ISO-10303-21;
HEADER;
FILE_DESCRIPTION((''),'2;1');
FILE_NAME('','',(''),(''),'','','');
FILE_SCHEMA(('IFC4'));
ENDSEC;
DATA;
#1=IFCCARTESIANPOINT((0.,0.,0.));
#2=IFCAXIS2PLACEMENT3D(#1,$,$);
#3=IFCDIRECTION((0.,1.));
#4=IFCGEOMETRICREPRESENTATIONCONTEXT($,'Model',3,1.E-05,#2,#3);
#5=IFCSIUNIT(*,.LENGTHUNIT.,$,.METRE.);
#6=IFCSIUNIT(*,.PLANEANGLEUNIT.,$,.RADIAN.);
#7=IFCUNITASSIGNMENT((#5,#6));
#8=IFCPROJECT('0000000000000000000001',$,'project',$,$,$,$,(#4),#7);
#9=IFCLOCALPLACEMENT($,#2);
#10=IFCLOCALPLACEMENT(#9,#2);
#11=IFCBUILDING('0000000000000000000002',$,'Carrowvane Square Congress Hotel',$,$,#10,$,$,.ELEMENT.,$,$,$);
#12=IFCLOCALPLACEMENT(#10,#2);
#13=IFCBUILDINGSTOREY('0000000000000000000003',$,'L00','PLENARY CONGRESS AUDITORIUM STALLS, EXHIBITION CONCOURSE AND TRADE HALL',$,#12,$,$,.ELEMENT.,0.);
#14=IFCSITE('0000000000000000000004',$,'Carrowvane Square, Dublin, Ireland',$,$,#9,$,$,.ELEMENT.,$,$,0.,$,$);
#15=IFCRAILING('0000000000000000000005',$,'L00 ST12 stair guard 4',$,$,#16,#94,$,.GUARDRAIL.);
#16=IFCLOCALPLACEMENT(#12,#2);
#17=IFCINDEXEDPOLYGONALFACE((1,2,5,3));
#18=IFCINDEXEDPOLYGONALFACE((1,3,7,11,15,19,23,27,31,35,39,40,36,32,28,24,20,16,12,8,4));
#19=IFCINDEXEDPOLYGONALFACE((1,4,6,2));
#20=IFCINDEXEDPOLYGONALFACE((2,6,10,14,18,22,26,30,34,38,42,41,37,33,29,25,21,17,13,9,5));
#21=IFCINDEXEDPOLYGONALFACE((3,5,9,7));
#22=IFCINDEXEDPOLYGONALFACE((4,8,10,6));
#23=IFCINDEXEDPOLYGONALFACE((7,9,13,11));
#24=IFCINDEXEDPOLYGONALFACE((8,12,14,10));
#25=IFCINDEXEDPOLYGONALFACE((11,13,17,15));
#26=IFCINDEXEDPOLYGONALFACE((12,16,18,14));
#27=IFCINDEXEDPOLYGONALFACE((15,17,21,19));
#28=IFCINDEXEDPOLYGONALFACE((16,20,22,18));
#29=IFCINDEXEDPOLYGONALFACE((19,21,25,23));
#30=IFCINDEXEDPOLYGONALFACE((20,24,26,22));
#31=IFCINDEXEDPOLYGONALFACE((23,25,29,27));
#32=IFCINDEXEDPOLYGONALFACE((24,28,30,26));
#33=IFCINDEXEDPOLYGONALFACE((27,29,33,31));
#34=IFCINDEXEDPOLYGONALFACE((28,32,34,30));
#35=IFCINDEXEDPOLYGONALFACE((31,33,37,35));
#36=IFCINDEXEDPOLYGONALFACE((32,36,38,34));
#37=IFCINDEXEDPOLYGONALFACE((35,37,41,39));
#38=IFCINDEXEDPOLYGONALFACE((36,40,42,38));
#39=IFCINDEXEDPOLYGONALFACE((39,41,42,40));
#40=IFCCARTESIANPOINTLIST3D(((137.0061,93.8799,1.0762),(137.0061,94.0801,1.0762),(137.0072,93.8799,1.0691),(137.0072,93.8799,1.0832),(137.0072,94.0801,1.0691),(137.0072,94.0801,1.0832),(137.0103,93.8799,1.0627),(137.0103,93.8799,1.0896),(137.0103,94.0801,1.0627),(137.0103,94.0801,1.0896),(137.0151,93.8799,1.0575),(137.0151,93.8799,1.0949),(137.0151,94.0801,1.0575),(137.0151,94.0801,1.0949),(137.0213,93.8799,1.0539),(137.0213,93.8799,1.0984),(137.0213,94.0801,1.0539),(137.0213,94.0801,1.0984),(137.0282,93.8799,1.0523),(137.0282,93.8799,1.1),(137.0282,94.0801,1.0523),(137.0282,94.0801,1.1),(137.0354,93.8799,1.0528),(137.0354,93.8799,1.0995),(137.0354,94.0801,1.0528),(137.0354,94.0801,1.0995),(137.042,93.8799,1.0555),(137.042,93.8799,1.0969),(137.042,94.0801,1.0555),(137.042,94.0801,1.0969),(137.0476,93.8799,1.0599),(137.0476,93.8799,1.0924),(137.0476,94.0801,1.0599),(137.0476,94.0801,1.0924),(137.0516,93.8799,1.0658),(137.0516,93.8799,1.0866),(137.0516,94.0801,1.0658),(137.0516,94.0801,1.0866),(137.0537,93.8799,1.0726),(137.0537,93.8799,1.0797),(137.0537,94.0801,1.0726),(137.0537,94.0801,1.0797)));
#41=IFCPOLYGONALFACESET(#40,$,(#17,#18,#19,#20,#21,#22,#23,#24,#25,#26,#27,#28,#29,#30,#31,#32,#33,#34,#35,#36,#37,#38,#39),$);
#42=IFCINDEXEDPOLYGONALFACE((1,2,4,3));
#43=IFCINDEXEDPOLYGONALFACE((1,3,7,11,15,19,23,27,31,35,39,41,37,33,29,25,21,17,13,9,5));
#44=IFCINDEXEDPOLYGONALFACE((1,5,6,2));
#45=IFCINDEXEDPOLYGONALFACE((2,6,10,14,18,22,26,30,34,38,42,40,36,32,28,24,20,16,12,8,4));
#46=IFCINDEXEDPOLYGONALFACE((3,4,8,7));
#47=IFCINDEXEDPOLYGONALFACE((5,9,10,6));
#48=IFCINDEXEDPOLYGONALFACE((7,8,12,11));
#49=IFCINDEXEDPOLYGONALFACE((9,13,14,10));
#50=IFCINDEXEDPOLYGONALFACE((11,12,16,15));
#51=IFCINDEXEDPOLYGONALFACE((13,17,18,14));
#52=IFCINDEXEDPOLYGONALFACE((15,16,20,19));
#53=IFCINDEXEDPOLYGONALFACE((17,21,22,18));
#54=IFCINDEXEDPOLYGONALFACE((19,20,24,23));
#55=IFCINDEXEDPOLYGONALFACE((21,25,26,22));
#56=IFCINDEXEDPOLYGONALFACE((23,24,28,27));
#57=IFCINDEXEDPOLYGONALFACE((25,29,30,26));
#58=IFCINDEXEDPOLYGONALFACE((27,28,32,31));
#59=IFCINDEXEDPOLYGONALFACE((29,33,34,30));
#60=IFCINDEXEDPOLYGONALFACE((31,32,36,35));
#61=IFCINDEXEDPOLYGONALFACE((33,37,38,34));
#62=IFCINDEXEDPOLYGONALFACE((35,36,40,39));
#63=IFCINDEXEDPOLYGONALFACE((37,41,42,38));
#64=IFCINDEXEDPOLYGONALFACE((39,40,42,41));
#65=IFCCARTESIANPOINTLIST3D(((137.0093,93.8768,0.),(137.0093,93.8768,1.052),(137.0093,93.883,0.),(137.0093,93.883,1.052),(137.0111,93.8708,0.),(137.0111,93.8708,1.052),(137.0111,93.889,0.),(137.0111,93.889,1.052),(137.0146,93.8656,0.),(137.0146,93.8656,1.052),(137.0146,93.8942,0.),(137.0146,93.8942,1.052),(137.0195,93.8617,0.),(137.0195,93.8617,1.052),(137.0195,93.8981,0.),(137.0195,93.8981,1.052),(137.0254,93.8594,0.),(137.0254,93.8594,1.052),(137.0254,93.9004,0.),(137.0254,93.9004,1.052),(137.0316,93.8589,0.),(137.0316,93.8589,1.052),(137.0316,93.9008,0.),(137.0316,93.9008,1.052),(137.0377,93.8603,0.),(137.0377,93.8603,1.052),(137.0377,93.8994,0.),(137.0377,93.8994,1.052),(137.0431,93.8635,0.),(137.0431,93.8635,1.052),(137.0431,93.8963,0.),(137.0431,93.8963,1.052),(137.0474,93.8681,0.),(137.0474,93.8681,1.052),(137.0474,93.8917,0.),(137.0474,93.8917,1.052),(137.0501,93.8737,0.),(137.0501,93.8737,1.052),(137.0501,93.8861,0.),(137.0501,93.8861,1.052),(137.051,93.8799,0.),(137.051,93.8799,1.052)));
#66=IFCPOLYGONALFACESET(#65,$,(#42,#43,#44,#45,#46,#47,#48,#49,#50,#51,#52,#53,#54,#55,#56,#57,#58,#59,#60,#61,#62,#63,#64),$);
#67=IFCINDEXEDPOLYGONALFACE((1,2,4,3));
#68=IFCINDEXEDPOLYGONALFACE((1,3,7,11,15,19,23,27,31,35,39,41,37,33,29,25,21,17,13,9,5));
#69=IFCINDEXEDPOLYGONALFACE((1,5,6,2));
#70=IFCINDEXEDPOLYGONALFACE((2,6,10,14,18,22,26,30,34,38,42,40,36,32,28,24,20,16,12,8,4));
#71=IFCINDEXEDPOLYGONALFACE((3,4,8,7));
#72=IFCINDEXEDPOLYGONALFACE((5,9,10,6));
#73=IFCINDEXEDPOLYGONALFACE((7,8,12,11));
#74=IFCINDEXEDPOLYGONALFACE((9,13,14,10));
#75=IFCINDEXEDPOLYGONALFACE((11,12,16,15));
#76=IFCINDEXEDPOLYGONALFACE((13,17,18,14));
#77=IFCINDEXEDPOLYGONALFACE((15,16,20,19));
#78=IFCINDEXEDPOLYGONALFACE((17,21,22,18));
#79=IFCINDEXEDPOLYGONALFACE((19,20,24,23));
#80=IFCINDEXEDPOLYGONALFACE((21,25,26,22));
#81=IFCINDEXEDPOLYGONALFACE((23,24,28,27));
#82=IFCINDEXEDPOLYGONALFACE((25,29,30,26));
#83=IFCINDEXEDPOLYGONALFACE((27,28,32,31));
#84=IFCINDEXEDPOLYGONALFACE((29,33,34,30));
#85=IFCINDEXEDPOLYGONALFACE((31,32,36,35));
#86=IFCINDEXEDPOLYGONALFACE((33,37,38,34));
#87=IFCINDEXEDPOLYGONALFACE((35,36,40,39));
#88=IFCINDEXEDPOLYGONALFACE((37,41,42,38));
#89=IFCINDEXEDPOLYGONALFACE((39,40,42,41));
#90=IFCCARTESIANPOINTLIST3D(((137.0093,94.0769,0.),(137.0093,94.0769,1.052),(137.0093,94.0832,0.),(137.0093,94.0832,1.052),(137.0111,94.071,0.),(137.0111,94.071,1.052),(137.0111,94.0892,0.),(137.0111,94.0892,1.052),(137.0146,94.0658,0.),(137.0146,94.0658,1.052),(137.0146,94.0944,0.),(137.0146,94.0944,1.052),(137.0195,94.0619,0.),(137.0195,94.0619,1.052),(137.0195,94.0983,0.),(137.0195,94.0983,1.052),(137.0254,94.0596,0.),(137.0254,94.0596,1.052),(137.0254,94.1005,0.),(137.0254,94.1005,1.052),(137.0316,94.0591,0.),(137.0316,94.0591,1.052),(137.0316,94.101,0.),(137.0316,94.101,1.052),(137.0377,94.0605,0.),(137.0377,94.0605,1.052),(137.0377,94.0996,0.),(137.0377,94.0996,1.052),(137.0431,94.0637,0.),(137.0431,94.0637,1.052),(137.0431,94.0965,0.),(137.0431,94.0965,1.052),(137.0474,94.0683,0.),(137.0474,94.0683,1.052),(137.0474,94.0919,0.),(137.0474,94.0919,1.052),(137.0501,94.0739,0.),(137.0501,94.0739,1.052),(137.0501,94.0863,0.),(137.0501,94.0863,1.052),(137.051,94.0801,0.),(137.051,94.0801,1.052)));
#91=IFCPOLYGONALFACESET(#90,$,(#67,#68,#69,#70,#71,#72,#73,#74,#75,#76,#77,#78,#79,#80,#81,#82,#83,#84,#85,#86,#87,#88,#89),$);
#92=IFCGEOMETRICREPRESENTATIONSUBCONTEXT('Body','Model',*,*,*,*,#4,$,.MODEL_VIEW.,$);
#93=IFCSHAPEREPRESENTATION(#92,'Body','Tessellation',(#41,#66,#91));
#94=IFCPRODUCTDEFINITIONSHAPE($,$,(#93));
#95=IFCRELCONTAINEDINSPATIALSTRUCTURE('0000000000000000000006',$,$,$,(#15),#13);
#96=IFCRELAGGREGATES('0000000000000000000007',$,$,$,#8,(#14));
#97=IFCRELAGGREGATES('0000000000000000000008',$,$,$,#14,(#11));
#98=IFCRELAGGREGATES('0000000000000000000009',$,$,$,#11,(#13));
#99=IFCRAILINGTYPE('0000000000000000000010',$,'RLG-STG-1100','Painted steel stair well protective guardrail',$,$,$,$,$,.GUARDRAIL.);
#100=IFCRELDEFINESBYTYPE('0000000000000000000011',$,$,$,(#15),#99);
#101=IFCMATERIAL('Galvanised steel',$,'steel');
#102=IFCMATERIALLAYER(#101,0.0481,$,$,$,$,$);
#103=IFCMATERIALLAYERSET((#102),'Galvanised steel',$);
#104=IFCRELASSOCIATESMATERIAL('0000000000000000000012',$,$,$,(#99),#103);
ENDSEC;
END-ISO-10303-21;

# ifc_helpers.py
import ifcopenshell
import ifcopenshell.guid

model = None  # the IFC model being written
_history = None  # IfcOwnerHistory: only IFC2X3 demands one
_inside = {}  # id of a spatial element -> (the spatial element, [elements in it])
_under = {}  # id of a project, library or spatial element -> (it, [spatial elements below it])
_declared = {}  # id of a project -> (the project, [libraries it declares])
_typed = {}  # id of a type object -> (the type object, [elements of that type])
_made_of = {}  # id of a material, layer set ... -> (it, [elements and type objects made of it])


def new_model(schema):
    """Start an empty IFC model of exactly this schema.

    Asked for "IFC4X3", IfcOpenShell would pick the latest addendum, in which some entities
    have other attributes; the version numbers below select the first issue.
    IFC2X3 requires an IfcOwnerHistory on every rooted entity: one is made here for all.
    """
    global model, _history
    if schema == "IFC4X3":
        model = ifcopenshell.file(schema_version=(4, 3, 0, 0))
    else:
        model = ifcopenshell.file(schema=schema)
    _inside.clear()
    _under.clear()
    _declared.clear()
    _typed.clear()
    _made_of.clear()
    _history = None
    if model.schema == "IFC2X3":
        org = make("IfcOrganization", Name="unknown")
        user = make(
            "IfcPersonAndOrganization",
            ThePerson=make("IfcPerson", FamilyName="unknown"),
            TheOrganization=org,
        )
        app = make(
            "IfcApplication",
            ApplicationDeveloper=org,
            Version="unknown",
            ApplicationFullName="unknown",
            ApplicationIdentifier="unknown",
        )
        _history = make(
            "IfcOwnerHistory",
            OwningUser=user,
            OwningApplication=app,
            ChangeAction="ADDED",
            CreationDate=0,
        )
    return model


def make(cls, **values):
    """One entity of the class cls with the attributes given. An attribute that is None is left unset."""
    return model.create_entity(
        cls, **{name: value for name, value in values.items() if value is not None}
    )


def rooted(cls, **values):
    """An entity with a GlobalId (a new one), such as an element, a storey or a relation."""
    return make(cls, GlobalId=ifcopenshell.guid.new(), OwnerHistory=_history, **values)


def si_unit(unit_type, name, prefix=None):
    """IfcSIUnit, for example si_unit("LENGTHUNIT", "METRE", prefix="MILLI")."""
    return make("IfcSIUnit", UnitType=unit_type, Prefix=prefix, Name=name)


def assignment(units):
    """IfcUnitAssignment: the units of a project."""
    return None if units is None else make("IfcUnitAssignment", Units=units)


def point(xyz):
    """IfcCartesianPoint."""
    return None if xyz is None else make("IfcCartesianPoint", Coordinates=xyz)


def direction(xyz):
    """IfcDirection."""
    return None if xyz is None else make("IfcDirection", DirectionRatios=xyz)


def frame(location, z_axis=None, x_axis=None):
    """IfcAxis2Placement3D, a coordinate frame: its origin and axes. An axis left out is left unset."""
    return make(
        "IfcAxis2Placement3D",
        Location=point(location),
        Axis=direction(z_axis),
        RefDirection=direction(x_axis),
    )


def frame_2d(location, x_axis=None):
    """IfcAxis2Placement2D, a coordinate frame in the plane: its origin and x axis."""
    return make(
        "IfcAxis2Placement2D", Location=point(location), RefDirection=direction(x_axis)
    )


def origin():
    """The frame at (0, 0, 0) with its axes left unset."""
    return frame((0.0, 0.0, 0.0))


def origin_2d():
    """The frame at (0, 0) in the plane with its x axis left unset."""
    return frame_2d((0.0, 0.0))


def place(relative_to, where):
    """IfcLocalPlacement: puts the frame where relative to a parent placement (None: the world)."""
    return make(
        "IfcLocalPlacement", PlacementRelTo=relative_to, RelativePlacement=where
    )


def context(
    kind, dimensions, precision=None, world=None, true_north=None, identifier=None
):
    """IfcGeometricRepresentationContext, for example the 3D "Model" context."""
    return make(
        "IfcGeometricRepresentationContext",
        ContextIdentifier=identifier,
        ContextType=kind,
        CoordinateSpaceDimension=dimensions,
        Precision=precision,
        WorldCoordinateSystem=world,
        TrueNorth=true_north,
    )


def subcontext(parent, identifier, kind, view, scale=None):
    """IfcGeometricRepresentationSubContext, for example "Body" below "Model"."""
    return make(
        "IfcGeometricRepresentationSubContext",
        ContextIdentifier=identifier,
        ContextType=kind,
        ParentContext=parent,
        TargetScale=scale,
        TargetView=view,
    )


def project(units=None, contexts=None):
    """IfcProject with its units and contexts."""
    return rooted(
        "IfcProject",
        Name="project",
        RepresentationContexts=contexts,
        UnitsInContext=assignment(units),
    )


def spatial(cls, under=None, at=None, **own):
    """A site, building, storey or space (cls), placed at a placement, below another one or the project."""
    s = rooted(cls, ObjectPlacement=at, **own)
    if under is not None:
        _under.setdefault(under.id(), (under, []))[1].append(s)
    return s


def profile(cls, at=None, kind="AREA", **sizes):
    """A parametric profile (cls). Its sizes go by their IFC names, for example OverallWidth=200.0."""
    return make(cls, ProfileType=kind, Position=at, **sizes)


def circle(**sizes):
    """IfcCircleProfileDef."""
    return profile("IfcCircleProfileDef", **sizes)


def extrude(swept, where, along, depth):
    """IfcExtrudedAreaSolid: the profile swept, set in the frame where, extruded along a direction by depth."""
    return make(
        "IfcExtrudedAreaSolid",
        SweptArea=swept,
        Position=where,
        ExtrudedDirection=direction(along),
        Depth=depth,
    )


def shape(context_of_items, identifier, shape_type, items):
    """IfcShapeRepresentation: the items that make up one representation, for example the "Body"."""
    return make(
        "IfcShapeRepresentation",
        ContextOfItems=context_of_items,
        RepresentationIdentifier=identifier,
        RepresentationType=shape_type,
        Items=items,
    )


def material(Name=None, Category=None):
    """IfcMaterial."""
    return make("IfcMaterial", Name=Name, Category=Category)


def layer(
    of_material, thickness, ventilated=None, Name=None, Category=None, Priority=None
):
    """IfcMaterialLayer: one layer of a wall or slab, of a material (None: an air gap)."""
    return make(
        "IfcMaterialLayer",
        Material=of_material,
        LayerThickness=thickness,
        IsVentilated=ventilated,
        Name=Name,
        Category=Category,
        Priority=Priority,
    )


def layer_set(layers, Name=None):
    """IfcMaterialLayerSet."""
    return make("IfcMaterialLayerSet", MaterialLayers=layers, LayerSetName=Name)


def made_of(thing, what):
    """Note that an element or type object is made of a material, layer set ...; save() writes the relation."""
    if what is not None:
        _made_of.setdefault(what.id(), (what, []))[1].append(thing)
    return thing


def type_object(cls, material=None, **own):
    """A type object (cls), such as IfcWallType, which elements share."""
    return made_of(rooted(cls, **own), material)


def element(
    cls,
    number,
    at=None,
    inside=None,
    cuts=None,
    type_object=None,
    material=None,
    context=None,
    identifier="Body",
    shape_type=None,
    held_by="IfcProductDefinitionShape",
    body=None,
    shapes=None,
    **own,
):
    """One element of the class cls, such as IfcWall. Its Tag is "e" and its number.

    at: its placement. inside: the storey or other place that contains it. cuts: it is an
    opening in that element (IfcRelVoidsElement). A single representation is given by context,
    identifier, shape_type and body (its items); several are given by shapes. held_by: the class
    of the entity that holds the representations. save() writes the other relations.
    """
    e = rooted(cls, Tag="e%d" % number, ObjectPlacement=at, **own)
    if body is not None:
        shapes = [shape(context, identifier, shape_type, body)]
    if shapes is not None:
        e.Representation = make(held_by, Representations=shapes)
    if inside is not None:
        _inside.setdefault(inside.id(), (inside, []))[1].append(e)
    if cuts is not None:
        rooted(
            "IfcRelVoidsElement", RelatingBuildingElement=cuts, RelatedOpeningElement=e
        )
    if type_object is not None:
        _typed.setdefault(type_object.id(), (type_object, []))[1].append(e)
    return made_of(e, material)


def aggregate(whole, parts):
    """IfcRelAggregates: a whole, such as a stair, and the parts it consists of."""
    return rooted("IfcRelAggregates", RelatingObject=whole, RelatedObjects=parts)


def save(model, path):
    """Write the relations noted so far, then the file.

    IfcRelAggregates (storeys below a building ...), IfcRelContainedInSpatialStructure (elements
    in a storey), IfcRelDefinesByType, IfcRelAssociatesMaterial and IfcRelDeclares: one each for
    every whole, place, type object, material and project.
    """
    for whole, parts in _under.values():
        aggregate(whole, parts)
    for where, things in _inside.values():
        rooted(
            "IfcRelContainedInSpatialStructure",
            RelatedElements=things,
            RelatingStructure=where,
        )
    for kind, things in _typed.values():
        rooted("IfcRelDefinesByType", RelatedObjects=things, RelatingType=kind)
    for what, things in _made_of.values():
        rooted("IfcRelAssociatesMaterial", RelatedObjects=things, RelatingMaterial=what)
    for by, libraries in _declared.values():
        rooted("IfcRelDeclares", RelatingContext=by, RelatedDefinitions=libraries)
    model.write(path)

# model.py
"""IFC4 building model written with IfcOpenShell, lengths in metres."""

from ifc_helpers import new_model, si_unit, direction, frame, origin, origin_2d, place, context, subcontext, project, spatial, circle, extrude, material, layer, layer_set, type_object, element, save


model = new_model("IFC4")

# Units and contexts
model_context = context("Model", 3, precision=1e-05, world=origin(), true_north=direction((0.0, 1.0)))
body_context = subcontext(model_context, "Body", "Model", "MODEL_VIEW")
ifc_project = project(units=[si_unit("LENGTHUNIT", "METRE"), si_unit("PLANEANGLEUNIT", "RADIAN")], contexts=[model_context])

# Site, building, storey
site_placement = place(None, origin())
site = spatial("IfcSite", under=ifc_project, at=site_placement, Name="Carrowvane Square, Dublin, Ireland", CompositionType="ELEMENT", RefElevation=0.0)
building_placement = place(site_placement, origin())
building = spatial("IfcBuilding", under=site, at=building_placement, Name="Carrowvane Square Congress Hotel", CompositionType="ELEMENT")
storey_placement = place(building_placement, origin())
storey = spatial("IfcBuildingStorey", under=building, at=storey_placement, Name="L00", Description="PLENARY CONGRESS AUDITORIUM STALLS, EXHIBITION CONCOURSE AND TRADE HALL", CompositionType="ELEMENT", Elevation=0.0)

# Railing
ifc_material_1 = material(Name="Galvanised steel", Category="steel")
ifc_layer_1 = layer(ifc_material_1, 0.0481)
ifc_layer_set_1 = layer_set([ifc_layer_1], Name="Galvanised steel")
railing_type_1 = type_object("IfcRailingType", Name="RLG-STG-1100", Description="Painted steel stair well protective guardrail", PredefinedType="GUARDRAIL", material=ifc_layer_set_1)
railing_1_placement = place(storey_placement, frame((137.03, 93.8799, 0.0)))
element("IfcRailing", 1, at=railing_1_placement, inside=storey, type_object=railing_type_1, Name="L00 ST12 stair guard 4", PredefinedType="GUARDRAIL", context=body_context, shape_type="SweptSolid", body=[
    extrude(circle(Radius=0.0239, at=origin_2d()), frame((0.0, 0.0, 1.0762), z_axis=(0.0, 1.0, 0.0), x_axis=(-1.0, 0.0, 0.0)), (0.0, 0.0, 1.0), 0.2002),
    extrude(circle(Radius=0.021, at=origin_2d()), origin(), (0.0, 0.0, 1.0), 1.052),
    extrude(circle(Radius=0.021, at=origin_2d()), frame((0.0, 0.2002, 0.0)), (0.0, 0.0, 1.0), 1.052),
])

save(model, "model.ifc")
